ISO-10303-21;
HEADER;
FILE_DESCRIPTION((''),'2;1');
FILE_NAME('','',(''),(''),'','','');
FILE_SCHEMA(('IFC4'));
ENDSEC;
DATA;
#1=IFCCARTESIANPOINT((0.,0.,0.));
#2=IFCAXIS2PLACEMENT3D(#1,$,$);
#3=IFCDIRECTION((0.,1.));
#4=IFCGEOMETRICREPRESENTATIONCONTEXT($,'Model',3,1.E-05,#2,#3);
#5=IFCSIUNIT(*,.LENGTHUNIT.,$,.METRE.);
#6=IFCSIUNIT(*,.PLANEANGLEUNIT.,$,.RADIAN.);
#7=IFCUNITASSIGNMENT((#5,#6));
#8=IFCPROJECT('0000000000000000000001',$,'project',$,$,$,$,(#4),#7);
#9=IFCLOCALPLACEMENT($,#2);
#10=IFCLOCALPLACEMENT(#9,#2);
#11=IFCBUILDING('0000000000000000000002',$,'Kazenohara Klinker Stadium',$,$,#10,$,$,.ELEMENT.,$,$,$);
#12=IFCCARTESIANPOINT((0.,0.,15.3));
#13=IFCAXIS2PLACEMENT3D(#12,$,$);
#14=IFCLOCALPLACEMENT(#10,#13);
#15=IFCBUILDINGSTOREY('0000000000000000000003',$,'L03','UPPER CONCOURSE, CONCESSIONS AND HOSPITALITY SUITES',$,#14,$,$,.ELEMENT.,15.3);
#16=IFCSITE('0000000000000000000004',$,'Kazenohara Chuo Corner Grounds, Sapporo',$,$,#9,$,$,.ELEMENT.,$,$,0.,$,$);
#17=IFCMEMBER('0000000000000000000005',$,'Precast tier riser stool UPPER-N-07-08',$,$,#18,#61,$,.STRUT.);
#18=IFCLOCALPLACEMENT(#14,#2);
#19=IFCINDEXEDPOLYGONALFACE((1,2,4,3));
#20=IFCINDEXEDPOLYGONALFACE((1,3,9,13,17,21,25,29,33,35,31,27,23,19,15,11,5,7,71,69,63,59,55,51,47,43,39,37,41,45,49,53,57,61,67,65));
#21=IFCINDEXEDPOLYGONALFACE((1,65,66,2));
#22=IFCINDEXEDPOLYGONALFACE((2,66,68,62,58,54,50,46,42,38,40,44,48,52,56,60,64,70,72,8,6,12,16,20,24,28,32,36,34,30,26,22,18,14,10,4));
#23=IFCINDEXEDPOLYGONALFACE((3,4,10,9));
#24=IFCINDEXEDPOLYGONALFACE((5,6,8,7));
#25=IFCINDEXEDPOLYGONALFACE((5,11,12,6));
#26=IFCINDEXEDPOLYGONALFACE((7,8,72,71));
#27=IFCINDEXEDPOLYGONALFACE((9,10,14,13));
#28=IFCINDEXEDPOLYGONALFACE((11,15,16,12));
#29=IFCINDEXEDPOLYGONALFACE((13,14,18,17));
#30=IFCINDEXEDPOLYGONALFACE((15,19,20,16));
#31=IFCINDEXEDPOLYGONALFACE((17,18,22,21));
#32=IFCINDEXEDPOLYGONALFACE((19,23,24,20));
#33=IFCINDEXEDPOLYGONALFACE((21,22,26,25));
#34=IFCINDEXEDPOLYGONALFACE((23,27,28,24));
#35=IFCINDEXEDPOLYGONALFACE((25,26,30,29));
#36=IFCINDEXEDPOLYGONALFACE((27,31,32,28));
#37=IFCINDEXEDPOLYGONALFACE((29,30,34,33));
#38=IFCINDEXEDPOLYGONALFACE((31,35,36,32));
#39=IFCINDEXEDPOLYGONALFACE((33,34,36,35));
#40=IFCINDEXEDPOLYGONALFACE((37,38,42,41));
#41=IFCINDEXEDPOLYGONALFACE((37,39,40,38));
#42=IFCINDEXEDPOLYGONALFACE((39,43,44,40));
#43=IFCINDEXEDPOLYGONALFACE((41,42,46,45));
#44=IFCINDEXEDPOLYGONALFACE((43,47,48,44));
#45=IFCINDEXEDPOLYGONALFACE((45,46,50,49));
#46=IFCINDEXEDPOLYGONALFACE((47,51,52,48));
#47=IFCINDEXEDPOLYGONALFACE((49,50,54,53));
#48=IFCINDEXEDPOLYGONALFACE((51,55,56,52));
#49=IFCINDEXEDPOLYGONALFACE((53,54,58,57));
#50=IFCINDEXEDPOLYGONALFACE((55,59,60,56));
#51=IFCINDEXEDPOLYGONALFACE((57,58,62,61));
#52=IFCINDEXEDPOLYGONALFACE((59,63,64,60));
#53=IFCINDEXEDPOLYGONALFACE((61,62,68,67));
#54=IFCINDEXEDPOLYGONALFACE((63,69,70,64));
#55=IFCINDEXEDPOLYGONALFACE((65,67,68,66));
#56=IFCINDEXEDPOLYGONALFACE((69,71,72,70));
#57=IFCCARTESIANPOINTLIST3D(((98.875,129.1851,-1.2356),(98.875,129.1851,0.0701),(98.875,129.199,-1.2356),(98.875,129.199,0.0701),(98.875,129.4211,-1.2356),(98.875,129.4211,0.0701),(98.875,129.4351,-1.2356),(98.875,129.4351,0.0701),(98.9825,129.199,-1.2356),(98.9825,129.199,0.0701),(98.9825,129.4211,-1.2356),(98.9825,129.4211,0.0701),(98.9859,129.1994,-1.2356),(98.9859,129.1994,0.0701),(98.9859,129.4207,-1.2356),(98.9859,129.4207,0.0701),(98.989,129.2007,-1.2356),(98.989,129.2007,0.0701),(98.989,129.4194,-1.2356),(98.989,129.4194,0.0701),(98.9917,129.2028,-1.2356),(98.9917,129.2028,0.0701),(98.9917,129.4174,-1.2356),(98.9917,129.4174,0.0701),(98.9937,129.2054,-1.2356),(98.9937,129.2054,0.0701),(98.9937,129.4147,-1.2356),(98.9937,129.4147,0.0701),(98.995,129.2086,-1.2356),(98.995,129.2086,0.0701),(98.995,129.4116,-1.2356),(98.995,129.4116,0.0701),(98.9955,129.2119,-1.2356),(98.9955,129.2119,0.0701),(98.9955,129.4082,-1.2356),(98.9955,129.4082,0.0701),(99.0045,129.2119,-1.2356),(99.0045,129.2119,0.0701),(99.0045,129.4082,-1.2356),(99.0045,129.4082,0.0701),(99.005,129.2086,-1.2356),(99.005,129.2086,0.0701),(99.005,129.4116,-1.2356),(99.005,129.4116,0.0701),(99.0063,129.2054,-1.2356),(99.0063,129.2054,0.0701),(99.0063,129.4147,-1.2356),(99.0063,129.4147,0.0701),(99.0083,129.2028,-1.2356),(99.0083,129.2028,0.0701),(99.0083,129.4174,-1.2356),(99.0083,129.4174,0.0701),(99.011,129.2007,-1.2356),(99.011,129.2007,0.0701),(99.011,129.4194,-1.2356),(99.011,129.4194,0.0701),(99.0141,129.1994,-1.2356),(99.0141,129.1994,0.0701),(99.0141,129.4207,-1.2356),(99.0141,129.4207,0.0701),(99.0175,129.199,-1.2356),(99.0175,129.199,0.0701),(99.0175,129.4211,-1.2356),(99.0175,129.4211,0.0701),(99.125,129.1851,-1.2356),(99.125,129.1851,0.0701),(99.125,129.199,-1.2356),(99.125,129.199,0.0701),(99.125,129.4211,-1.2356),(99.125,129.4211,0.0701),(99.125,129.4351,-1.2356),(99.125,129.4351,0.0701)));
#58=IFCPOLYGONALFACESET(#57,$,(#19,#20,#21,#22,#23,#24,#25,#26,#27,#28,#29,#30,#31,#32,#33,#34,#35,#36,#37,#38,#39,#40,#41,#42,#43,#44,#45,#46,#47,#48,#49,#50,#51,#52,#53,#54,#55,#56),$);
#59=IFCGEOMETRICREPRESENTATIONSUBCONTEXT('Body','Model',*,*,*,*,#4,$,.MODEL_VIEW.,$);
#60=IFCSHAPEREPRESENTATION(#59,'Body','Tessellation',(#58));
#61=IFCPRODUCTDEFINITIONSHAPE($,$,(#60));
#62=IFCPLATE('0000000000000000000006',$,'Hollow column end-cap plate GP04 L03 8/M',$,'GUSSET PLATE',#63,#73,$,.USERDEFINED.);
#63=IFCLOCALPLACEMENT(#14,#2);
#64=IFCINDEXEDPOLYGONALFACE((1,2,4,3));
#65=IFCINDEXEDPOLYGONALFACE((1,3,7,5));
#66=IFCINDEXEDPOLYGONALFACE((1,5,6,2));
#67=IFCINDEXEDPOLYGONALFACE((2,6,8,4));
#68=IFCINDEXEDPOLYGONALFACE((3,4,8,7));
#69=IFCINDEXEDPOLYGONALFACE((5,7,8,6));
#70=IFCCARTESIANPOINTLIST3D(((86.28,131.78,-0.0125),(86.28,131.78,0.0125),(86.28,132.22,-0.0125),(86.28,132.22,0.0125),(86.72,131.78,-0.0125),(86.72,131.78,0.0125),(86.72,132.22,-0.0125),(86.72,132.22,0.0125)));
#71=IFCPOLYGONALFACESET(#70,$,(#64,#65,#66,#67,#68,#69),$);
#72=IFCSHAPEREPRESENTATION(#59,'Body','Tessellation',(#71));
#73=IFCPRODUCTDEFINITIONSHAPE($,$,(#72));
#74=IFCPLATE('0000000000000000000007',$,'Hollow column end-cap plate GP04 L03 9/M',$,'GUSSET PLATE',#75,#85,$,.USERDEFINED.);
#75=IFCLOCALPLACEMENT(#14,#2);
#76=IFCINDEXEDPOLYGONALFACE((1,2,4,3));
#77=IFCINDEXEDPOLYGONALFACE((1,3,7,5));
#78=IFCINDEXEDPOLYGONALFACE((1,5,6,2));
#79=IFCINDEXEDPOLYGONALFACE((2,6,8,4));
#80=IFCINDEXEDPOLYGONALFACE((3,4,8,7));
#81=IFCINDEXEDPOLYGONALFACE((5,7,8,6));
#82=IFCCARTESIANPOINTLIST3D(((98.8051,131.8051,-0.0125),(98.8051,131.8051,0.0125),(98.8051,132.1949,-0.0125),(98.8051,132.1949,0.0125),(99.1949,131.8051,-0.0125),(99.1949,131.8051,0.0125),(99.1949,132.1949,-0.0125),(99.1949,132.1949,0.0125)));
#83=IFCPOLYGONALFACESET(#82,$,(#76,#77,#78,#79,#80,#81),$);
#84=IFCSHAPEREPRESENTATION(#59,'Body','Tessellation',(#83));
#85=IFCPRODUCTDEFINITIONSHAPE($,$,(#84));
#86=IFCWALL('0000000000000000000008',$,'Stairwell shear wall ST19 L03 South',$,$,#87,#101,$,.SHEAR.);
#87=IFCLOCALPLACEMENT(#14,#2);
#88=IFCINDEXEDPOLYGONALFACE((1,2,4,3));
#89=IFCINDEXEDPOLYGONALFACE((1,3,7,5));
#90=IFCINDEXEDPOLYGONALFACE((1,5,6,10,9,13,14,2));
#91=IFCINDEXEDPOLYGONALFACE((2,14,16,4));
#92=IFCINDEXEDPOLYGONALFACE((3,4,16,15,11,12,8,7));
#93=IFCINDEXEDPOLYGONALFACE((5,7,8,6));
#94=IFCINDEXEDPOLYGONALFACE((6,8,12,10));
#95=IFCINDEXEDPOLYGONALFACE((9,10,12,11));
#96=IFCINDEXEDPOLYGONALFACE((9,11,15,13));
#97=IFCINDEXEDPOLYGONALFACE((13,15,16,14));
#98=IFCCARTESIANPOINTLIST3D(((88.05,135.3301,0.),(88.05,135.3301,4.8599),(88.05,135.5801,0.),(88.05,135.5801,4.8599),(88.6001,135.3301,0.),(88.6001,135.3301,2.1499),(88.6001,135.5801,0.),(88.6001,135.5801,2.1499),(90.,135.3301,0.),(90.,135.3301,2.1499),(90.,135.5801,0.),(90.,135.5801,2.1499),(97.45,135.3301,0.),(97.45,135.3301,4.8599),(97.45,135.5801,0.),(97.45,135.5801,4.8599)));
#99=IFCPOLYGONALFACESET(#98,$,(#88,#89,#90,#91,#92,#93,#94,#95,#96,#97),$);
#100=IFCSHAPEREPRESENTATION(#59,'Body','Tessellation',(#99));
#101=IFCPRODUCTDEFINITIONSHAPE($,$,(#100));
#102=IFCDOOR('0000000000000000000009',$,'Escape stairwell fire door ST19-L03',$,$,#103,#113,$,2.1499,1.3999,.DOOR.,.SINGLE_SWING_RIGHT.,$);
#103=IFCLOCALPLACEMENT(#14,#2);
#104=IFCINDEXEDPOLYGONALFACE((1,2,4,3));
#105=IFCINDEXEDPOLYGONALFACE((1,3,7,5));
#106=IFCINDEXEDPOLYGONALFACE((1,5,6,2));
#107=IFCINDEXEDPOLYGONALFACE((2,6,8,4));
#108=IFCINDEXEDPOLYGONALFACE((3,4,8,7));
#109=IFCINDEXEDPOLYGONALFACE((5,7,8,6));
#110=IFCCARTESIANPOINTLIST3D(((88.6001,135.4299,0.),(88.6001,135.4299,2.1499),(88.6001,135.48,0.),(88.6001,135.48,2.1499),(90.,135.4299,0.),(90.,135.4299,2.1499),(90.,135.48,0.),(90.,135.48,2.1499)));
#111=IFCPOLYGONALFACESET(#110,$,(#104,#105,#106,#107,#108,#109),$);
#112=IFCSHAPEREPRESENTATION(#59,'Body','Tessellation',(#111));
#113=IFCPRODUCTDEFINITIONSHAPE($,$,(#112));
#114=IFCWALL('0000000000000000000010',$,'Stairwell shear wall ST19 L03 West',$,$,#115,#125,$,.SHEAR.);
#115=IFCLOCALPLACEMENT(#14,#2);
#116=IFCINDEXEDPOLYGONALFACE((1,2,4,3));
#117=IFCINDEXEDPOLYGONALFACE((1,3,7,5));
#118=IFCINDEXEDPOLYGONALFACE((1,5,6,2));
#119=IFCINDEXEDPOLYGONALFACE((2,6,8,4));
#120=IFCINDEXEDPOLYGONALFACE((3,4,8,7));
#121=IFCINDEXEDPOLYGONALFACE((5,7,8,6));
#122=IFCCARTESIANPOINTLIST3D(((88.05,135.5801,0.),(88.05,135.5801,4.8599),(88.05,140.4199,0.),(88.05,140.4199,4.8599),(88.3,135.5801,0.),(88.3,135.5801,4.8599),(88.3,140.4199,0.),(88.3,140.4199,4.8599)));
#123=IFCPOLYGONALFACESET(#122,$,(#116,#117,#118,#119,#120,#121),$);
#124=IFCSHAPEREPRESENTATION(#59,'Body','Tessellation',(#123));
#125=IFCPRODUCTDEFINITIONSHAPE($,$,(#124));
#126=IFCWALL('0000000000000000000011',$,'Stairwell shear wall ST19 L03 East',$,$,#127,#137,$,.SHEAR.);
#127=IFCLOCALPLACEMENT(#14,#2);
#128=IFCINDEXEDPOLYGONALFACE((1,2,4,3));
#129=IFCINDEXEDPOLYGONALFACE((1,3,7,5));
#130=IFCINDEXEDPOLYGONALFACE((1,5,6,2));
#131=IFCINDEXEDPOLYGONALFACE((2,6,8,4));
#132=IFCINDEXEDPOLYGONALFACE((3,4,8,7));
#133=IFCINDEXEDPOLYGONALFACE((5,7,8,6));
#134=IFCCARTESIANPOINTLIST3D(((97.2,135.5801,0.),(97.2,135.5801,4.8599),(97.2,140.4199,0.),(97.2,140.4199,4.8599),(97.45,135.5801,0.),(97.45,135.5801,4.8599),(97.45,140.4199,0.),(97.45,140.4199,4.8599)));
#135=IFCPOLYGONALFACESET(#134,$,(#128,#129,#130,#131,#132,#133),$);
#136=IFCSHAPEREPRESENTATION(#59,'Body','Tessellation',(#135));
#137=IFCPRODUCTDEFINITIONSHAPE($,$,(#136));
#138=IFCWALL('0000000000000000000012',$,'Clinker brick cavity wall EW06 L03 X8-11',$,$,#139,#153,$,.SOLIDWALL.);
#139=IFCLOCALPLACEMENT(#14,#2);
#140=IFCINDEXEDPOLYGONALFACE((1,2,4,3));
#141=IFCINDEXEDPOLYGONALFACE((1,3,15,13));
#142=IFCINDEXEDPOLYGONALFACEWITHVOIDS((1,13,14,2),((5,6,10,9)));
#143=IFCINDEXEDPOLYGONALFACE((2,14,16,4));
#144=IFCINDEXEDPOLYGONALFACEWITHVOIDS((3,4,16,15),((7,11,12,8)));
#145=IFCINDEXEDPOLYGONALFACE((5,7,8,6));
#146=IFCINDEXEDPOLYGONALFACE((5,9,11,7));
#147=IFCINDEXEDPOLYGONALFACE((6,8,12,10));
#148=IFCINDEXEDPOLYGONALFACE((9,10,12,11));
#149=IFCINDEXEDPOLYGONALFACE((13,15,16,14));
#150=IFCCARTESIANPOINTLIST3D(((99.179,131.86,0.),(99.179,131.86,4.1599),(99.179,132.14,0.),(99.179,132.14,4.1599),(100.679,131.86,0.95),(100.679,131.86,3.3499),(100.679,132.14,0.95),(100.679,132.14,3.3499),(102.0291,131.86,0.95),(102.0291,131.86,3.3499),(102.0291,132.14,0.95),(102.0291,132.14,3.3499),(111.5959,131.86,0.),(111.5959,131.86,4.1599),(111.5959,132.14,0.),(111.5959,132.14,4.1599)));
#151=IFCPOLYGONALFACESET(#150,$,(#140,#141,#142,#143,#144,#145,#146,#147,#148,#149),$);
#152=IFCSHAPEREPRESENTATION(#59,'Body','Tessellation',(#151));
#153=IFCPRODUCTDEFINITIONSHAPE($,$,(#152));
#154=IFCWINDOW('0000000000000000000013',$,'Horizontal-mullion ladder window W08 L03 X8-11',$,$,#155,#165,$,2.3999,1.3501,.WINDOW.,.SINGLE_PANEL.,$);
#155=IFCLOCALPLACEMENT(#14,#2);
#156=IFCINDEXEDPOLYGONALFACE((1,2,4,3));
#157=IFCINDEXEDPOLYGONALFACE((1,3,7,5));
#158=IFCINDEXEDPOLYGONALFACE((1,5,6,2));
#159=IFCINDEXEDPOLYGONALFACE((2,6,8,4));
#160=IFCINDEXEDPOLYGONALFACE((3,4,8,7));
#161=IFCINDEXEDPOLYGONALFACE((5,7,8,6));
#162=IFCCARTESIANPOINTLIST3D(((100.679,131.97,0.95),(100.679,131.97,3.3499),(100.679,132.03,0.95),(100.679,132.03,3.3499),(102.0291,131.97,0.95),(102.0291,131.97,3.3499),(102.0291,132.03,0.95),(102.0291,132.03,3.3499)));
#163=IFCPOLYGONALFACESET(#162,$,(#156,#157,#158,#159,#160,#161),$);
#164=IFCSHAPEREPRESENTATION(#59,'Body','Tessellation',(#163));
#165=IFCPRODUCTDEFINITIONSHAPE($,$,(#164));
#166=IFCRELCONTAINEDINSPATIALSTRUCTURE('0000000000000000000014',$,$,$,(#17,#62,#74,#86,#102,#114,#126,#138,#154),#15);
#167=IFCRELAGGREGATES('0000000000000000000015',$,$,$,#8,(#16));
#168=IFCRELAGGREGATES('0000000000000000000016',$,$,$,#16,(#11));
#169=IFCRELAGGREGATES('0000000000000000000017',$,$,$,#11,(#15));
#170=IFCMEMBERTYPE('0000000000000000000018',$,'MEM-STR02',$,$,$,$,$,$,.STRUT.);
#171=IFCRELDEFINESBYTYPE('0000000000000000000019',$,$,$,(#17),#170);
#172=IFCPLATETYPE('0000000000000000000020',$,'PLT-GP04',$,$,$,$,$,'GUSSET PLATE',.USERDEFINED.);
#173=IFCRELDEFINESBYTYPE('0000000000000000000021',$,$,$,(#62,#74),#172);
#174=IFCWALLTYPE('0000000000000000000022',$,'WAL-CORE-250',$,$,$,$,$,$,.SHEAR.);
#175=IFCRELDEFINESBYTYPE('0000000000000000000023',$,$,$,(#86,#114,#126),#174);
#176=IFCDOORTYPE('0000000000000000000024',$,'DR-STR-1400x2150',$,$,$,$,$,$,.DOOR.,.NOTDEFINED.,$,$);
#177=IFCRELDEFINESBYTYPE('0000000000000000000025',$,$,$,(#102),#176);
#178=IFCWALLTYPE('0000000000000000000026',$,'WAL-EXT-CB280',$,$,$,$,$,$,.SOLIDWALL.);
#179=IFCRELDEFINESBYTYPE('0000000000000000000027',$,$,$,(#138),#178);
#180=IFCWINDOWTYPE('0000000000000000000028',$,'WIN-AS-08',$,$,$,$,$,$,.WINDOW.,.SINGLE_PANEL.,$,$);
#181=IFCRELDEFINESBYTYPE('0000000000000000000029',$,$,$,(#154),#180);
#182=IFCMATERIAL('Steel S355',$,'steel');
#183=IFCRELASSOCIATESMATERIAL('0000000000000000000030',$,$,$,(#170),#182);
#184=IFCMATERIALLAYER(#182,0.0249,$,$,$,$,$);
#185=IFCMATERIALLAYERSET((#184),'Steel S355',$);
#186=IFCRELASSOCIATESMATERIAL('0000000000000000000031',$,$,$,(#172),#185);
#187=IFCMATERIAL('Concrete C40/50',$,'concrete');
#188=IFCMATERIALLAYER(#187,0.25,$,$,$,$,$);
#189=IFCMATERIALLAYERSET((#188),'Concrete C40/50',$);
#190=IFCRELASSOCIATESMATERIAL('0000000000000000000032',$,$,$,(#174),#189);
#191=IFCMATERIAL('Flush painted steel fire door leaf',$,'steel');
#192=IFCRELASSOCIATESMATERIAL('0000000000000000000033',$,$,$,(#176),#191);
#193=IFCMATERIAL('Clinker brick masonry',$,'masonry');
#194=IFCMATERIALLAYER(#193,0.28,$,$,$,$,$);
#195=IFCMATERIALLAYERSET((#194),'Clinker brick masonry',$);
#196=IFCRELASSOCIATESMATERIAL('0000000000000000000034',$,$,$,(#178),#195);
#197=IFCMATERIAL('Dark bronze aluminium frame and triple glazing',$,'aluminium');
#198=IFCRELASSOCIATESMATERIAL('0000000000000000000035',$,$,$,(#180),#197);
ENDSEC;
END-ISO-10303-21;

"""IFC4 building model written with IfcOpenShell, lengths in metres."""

from ifc_helpers import new_model, si_unit, direction, frame, frame_2d, origin, origin_2d, place, context, subcontext, project, spatial, rectangle, i_section, extrude, material, layer, layer_set, material_profile, profile_set, type_object, element, fill, save


model = new_model("IFC4")

# Units and contexts
model_context = context("Model", 3, precision=1e-05, world=origin(), true_north=direction((0.0, 1.0)))
body_context = subcontext(model_context, "Body", "Model", "MODEL_VIEW")
ifc_project = project(units=[si_unit("LENGTHUNIT", "METRE"), si_unit("PLANEANGLEUNIT", "RADIAN")], contexts=[model_context])

# Site, building, storey
site_placement = place(None, origin())
site = spatial("IfcSite", under=ifc_project, at=site_placement, Name="Kazenohara Chuo Corner Grounds, Sapporo", CompositionType="ELEMENT", RefElevation=0.0)
building_placement = place(site_placement, origin())
building = spatial("IfcBuilding", under=site, at=building_placement, Name="Kazenohara Klinker Stadium", CompositionType="ELEMENT")
storey_placement = place(building_placement, frame((0.0, 0.0, 15.3)))
storey = spatial("IfcBuildingStorey", under=building, at=storey_placement, Name="L03", Description="UPPER CONCOURSE, CONCESSIONS AND HOSPITALITY SUITES", CompositionType="ELEMENT", Elevation=15.3)

# Shared definitions
ifc_material_1 = material(Name="Steel S355", Category="steel")

# Shared definitions
ifc_material_2 = material(Name="Concrete C40/50", Category="concrete")

# Member
ifc_material_profile_1 = material_profile(ifc_material_1, i_section(OverallWidth=0.25, OverallDepth=0.25, WebThickness=0.009, FlangeThickness=0.0139, FilletRadius=0.0129, at=origin_2d()), Name="H-250x250x9x14")
ifc_profile_set_1 = profile_set([ifc_material_profile_1], Name="Steel S355")
member_type = type_object("IfcMemberType", Name="MEM-STR02", PredefinedType="STRUT", material=ifc_profile_set_1)
member_1_placement = place(storey_placement, frame((99.0, 129.3101, -1.2356), z_axis=(0.0, 0.0, 1.0), x_axis=(1.0, 0.0, 0.0)))
element("IfcMember", 1, at=member_1_placement, inside=storey, type_object=member_type, Name="Precast tier riser stool UPPER-N-07-08", PredefinedType="STRUT", context=body_context, shape_type="SweptSolid", body=[
    extrude(i_section(OverallWidth=0.25, OverallDepth=0.25, WebThickness=0.009, FlangeThickness=0.0139, FilletRadius=0.0129, at=origin_2d()), origin(), (0.0, 0.0, 1.0), 1.3057),
])

# Plates
ifc_layer_1 = layer(ifc_material_1, 0.0249)
ifc_layer_set_1 = layer_set([ifc_layer_1], Name="Steel S355")
plate_type = type_object("IfcPlateType", Name="PLT-GP04", ElementType="GUSSET PLATE", PredefinedType="USERDEFINED", material=ifc_layer_set_1)
plate_1_placement = place(storey_placement, frame((86.5, 132.0, -0.0125), z_axis=(0.0, 0.0, 1.0), x_axis=(1.0, 0.0, 0.0)))
element("IfcPlate", 2, at=plate_1_placement, inside=storey, type_object=plate_type, Name="Hollow column end-cap plate GP04 L03 8/M", ObjectType="GUSSET PLATE", PredefinedType="USERDEFINED", context=body_context, shape_type="SweptSolid", body=[
    extrude(rectangle(XDim=0.4399, YDim=0.4399, at=origin_2d()), origin(), (0.0, 0.0, 1.0), 0.0249),
])
plate_2_placement = place(storey_placement, frame((99.0, 132.0, -0.0125), z_axis=(0.0, 0.0, 1.0), x_axis=(1.0, 0.0, 0.0)))
element("IfcPlate", 3, at=plate_2_placement, inside=storey, type_object=plate_type, Name="Hollow column end-cap plate GP04 L03 9/M", ObjectType="GUSSET PLATE", PredefinedType="USERDEFINED", context=body_context, shape_type="SweptSolid", body=[
    extrude(rectangle(XDim=0.3899, YDim=0.3899, at=origin_2d()), origin(), (0.0, 0.0, 1.0), 0.0249),
])

# Wall, opening, door
ifc_layer_2 = layer(ifc_material_2, 0.25)
ifc_layer_set_2 = layer_set([ifc_layer_2], Name="Concrete C40/50")
wall_type_1 = type_object("IfcWallType", Name="WAL-CORE-250", PredefinedType="SHEAR", material=ifc_layer_set_2)
wall_1_placement = place(storey_placement, frame((88.05, 135.4551, 0.0), z_axis=(0.0, 0.0, 1.0), x_axis=(1.0, 0.0, 0.0)))
wall_1 = element("IfcWall", 4, at=wall_1_placement, inside=storey, type_object=wall_type_1, Name="Stairwell shear wall ST19 L03 South", PredefinedType="SHEAR", context=body_context, shape_type="SweptSolid", body=[
    extrude(rectangle(XDim=9.3999, YDim=0.25, at=frame_2d((4.7, 0.0))), origin(), (0.0, 0.0, 1.0), 4.8599),
])
opening_1_placement = place(wall_1_placement, frame((0.55, 0.0, 0.0)))
opening_1 = element("IfcOpeningElement", 5, at=opening_1_placement, cuts=wall_1, PredefinedType="OPENING", context=body_context, shape_type="SweptSolid", body=[
    extrude(rectangle(XDim=1.3999, YDim=2.1499, at=frame_2d((0.7, 1.075))), frame((0.0, 0.135, 0.0), z_axis=(0.0, -1.0, 0.0), x_axis=(1.0, 0.0, 0.0)), (0.0, 0.0, 1.0), 0.27),
])
ifc_material_3 = material(Name="Flush painted steel fire door leaf", Category="steel")
door_type_1 = type_object("IfcDoorType", Name="DR-STR-1400x2150", OperationType="NOTDEFINED", PredefinedType="DOOR", material=ifc_material_3)
door_1_placement = place(opening_1_placement, origin())
door_1 = element("IfcDoor", 6, at=door_1_placement, inside=storey, type_object=door_type_1, Name="Escape stairwell fire door ST19-L03", OperationType="SINGLE_SWING_RIGHT", OverallHeight=2.1499, OverallWidth=1.3999, PredefinedType="DOOR", context=body_context, shape_type="SweptSolid", body=[
    extrude(rectangle(XDim=1.3999, YDim=2.1499, at=frame_2d((0.7, 1.075))), frame((0.0, 0.0249, 0.0), z_axis=(0.0, -1.0, 0.0), x_axis=(1.0, 0.0, 0.0)), (0.0, 0.0, 1.0), 0.05),
])
fill(opening_1, door_1)

# Walls
for number, where, z_axis, x_axis, name in (
    (7, (88.175, 135.5801, 0.0), (0.0, 0.0, 1.0), (0.0, 1.0, 0.0), "Stairwell shear wall ST19 L03 West"),
    (8, (97.325, 135.5801, 0.0), (0.0, 0.0, 1.0), (0.0, 1.0, 0.0), "Stairwell shear wall ST19 L03 East"),
):
    element("IfcWall", number, at=place(storey_placement, frame(where, z_axis=z_axis, x_axis=x_axis)), inside=storey, type_object=wall_type_1, Name=name, PredefinedType="SHEAR", context=body_context, shape_type="SweptSolid", body=[
        extrude(rectangle(XDim=4.8398, YDim=0.25, at=frame_2d((2.4199, 0.0))), origin(), (0.0, 0.0, 1.0), 4.8599),
    ])

# Wall, opening, window
ifc_material_4 = material(Name="Clinker brick masonry", Category="masonry")
ifc_layer_3 = layer(ifc_material_4, 0.28)
ifc_layer_set_3 = layer_set([ifc_layer_3], Name="Clinker brick masonry")
wall_type_2 = type_object("IfcWallType", Name="WAL-EXT-CB280", PredefinedType="SOLIDWALL", material=ifc_layer_set_3)
wall_2_placement = place(storey_placement, frame((99.179, 132.0, 0.0), z_axis=(0.0, 0.0, 1.0), x_axis=(1.0, 0.0, 0.0)))
wall_2 = element("IfcWall", 9, at=wall_2_placement, inside=storey, type_object=wall_type_2, Name="Clinker brick cavity wall EW06 L03 X8-11", PredefinedType="SOLIDWALL", context=body_context, shape_type="SweptSolid", body=[
    extrude(rectangle(XDim=12.417, YDim=0.28, at=frame_2d((6.2085, 0.0))), origin(), (0.0, 0.0, 1.0), 4.1599),
])
opening_2_placement = place(wall_2_placement, frame((1.5, 0.0, 0.95)))
opening_2 = element("IfcOpeningElement", 10, at=opening_2_placement, cuts=wall_2, PredefinedType="OPENING", context=body_context, shape_type="SweptSolid", body=[
    extrude(rectangle(XDim=1.3501, YDim=2.3999, at=frame_2d((0.675, 1.2))), frame((0.0, 0.1499, 0.0), z_axis=(0.0, -1.0, 0.0), x_axis=(1.0, 0.0, 0.0)), (0.0, 0.0, 1.0), 0.3),
])
ifc_material_5 = material(Name="Dark bronze aluminium frame and triple glazing", Category="aluminium")
window_type_1 = type_object("IfcWindowType", Name="WIN-AS-08", PartitioningType="SINGLE_PANEL", PredefinedType="WINDOW", material=ifc_material_5)
window_1_placement = place(opening_2_placement, origin())
window_1 = element("IfcWindow", 11, at=window_1_placement, inside=storey, type_object=window_type_1, Name="Horizontal-mullion ladder window W08 L03 X8-11", OverallHeight=2.3999, OverallWidth=1.3501, PartitioningType="SINGLE_PANEL", PredefinedType="WINDOW", context=body_context, shape_type="SweptSolid", body=[
    extrude(rectangle(XDim=1.3501, YDim=2.3999, at=frame_2d((0.675, 1.2))), frame((0.0, 0.03, 0.0), z_axis=(0.0, -1.0, 0.0), x_axis=(1.0, 0.0, 0.0)), (0.0, 0.0, 1.0), 0.0601),
])
fill(opening_2, window_1)

save(model, "model.ifc")
